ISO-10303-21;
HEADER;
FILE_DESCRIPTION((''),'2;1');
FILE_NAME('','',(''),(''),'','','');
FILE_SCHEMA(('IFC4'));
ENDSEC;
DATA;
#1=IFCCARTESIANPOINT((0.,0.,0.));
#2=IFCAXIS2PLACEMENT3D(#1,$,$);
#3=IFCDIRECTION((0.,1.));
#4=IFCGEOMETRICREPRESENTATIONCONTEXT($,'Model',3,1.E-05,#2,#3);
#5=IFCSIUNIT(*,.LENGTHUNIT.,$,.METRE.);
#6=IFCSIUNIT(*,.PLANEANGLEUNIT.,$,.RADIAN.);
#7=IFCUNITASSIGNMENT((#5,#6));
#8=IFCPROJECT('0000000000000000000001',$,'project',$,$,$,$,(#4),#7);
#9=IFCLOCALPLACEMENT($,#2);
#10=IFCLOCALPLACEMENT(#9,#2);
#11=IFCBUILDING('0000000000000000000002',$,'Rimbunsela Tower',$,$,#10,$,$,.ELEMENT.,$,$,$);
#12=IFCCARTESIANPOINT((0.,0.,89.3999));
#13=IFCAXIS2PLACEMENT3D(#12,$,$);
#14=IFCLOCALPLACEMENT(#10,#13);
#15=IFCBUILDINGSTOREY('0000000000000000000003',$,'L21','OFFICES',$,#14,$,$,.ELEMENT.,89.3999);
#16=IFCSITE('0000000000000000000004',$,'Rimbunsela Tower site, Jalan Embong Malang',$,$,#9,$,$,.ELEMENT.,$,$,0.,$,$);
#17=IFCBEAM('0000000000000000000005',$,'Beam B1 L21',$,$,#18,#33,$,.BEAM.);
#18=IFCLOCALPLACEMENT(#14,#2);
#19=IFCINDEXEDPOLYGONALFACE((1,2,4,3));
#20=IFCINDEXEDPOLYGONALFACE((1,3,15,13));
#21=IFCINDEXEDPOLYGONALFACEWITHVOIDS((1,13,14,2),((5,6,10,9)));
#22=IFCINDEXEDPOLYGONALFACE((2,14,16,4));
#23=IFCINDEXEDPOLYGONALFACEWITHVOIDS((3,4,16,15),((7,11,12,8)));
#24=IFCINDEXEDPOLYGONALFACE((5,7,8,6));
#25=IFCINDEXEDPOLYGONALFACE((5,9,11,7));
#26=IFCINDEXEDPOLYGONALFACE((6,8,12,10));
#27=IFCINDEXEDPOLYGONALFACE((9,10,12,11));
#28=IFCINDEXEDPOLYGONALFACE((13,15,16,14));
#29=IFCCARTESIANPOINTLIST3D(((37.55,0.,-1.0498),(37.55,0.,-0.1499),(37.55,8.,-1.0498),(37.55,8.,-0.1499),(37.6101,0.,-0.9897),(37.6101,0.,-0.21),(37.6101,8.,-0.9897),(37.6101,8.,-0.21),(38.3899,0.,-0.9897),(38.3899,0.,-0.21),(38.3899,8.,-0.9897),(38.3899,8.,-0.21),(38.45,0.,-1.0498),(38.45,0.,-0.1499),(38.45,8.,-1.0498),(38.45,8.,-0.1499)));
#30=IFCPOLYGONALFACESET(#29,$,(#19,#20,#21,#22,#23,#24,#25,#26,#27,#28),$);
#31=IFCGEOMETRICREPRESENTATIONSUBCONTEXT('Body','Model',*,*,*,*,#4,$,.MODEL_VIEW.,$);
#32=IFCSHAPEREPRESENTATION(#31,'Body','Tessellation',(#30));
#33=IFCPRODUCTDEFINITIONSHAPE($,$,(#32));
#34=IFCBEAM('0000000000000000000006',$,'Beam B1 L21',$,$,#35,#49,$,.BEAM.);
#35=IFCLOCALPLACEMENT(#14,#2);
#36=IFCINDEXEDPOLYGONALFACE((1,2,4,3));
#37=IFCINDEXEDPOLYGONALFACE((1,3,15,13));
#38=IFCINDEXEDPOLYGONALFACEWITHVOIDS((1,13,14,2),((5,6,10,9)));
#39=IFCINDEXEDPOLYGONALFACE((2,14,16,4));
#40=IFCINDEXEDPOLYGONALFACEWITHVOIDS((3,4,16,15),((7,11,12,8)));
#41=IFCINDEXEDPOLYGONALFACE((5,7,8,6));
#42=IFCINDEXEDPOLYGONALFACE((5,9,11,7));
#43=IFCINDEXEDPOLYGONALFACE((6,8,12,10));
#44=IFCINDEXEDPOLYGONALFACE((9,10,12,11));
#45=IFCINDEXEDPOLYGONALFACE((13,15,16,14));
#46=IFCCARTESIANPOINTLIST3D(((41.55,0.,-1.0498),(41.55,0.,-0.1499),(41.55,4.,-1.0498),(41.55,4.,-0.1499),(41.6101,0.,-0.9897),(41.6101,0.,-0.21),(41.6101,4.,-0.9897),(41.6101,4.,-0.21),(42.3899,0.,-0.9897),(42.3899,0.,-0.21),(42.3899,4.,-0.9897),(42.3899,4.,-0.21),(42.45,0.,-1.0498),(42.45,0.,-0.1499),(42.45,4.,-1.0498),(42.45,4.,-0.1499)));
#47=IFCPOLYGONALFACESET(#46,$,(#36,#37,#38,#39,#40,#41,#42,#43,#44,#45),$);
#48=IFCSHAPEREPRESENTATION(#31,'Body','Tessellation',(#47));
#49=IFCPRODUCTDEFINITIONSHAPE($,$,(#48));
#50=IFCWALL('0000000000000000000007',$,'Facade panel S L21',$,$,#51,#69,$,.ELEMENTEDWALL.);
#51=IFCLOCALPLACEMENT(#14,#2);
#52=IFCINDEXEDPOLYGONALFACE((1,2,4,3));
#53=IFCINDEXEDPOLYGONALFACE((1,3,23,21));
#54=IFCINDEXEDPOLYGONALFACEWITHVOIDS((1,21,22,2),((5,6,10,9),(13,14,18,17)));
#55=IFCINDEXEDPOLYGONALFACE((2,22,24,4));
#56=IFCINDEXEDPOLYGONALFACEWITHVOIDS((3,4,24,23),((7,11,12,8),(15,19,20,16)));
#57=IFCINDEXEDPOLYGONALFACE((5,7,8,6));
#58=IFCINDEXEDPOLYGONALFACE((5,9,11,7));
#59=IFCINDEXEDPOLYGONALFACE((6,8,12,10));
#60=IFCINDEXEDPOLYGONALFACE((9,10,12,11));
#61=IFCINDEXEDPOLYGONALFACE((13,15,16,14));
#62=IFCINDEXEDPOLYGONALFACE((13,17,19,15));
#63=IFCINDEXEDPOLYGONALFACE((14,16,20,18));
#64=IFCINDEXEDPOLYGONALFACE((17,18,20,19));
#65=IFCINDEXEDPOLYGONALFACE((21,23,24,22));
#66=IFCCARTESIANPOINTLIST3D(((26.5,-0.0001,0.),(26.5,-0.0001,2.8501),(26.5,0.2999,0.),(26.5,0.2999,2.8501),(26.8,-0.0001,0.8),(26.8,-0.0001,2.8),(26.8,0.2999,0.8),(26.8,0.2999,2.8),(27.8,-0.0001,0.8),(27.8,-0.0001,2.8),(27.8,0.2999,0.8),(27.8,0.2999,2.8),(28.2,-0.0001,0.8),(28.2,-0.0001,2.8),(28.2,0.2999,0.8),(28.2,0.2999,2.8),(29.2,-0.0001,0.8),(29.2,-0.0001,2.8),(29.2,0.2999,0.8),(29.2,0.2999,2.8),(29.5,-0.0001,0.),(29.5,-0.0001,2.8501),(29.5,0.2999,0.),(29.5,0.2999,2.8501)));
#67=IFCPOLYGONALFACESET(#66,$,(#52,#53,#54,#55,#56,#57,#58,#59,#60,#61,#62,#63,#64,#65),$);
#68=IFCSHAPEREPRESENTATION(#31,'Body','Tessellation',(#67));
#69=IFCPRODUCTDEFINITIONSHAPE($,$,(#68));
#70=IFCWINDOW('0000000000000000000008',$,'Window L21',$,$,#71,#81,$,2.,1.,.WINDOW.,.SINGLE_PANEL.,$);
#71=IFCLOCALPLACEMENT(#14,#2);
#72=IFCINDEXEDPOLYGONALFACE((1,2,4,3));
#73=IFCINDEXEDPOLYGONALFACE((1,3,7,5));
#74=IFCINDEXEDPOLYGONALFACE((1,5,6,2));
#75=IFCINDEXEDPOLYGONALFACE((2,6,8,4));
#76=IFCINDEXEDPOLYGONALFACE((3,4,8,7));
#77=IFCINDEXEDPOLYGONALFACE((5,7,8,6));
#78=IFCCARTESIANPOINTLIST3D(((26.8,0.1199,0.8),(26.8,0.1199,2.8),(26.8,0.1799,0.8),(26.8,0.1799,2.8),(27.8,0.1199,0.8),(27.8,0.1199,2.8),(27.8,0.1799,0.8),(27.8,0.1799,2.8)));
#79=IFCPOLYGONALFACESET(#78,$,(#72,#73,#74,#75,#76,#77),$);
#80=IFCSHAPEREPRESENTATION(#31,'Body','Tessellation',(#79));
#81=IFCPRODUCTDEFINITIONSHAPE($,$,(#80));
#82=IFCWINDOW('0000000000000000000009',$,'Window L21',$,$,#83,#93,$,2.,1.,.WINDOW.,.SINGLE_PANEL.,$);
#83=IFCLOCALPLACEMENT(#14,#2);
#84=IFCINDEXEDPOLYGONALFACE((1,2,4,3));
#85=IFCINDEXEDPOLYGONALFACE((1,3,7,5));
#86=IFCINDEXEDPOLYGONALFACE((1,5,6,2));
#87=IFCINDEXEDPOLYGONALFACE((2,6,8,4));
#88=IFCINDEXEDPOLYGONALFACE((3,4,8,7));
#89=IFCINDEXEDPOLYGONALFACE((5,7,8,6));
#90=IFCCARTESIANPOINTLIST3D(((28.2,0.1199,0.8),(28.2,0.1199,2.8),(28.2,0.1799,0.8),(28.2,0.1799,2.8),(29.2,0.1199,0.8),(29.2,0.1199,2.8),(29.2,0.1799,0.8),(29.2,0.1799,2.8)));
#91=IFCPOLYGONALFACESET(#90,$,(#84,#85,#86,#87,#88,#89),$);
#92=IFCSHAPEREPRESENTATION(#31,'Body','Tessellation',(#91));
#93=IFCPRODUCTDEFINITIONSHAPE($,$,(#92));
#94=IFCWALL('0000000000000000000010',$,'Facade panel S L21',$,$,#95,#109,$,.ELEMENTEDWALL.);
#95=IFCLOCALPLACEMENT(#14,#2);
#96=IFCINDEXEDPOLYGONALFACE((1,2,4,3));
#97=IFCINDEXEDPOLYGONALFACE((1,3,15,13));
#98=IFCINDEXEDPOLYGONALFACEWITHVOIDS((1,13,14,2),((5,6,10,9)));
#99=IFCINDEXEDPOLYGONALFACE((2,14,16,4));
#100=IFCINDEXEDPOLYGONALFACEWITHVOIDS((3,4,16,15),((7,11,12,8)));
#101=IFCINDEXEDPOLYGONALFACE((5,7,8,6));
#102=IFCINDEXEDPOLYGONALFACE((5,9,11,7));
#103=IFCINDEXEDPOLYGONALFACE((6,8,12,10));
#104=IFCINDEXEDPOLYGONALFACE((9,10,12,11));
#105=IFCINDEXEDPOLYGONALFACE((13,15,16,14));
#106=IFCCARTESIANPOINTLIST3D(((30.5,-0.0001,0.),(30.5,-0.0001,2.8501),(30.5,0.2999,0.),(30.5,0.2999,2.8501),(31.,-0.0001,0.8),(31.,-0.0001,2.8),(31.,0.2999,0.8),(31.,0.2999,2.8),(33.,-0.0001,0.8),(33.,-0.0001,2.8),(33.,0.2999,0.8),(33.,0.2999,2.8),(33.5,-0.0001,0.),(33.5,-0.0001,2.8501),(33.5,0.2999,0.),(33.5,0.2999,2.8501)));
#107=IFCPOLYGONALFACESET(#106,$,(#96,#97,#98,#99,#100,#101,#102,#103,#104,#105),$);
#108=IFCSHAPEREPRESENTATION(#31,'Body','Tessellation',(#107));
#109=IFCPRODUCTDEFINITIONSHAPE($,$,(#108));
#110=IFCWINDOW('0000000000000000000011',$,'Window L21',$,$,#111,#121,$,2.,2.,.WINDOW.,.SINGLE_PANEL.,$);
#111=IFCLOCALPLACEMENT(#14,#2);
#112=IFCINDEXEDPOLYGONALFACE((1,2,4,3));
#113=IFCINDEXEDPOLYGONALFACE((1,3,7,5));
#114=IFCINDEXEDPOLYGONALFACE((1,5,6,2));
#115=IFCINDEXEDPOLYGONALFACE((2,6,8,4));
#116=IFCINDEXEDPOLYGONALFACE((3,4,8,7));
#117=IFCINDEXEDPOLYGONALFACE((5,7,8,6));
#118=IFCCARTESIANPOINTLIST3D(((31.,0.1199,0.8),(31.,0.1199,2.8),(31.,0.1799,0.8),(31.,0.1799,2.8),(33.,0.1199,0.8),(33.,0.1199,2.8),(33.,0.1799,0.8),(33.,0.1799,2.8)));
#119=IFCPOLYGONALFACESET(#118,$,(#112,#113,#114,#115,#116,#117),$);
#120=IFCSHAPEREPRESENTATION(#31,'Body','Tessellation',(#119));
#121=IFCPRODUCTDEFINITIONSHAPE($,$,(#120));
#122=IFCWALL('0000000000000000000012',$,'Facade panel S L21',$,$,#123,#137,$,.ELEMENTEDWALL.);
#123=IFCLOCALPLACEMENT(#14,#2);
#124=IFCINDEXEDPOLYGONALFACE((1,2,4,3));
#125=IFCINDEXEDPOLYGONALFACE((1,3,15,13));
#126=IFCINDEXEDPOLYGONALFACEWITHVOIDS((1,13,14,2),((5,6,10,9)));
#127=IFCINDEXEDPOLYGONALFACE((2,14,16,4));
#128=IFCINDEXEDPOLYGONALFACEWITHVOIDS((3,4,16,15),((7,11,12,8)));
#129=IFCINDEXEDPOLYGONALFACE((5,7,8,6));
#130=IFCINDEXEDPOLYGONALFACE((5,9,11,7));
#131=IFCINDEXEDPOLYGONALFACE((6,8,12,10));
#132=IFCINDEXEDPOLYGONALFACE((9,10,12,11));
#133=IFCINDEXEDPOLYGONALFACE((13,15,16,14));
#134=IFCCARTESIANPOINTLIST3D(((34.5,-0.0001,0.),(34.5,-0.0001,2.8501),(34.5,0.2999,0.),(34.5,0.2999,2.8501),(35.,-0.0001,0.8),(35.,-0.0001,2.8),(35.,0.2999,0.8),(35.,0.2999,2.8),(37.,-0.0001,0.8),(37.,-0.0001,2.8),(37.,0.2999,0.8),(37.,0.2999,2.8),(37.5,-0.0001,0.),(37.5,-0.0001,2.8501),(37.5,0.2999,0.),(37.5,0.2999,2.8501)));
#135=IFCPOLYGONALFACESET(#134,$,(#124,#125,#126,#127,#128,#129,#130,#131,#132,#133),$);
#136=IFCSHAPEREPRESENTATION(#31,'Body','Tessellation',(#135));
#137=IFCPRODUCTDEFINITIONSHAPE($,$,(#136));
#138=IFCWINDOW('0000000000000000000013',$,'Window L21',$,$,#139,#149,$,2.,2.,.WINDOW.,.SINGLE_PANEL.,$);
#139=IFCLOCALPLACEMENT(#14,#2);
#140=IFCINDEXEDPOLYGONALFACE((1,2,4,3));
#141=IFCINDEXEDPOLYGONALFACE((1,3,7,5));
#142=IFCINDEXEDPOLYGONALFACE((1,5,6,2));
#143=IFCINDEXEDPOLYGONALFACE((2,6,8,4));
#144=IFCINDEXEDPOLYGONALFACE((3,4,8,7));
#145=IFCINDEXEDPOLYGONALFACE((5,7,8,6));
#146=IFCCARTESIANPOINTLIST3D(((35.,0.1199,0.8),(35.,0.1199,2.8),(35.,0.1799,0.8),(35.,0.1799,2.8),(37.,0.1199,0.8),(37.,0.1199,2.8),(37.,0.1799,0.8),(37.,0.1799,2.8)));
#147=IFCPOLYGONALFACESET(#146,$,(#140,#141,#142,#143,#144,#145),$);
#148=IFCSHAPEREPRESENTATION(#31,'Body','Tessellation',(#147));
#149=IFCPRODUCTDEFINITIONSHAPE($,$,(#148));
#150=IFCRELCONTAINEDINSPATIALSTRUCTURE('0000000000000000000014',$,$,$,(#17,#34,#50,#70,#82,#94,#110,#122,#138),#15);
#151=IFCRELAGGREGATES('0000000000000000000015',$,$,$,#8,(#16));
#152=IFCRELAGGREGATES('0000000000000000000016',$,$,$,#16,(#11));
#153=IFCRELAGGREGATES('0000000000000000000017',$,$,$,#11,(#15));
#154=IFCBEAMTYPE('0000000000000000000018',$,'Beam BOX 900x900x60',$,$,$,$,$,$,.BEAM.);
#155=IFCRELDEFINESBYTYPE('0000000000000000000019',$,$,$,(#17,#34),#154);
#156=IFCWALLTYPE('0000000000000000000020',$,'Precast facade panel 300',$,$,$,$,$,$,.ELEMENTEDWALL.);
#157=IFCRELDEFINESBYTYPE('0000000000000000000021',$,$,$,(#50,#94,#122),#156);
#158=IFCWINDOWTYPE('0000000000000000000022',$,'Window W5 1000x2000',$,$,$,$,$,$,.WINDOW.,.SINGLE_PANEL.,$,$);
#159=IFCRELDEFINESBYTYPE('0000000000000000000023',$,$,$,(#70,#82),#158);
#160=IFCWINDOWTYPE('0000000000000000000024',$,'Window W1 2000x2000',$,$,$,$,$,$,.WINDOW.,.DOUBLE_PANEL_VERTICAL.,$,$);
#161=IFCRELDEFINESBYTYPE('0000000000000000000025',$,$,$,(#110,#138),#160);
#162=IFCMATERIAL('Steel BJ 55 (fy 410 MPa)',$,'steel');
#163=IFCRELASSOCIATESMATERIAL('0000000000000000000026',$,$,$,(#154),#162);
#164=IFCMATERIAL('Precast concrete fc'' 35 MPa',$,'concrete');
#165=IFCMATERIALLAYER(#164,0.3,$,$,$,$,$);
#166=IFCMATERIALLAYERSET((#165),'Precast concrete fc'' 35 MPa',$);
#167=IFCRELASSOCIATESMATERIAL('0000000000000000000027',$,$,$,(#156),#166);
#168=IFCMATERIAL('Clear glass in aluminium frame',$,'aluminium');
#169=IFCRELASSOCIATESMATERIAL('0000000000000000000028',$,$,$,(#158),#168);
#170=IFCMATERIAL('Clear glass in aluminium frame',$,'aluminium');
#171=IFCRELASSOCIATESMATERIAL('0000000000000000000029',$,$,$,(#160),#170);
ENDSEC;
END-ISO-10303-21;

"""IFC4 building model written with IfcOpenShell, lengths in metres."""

from ifc_helpers import new_model, si_unit, direction, frame, frame_2d, origin, origin_2d, place, context, subcontext, project, spatial, rectangle, hollow_rectangle, extrude, material, layer, layer_set, material_profile, profile_set, type_object, element, fill, save


model = new_model("IFC4")

# Units and contexts
model_context = context("Model", 3, precision=1e-05, world=origin(), true_north=direction((0.0, 1.0)))
body_context = subcontext(model_context, "Body", "Model", "MODEL_VIEW")
ifc_project = project(units=[si_unit("LENGTHUNIT", "METRE"), si_unit("PLANEANGLEUNIT", "RADIAN")], contexts=[model_context])

# Site, building, storey
site_placement = place(None, origin())
site = spatial("IfcSite", under=ifc_project, at=site_placement, Name="Rimbunsela Tower site, Jalan Embong Malang", CompositionType="ELEMENT", RefElevation=0.0)
building_placement = place(site_placement, origin())
building = spatial("IfcBuilding", under=site, at=building_placement, Name="Rimbunsela Tower", CompositionType="ELEMENT")
storey_placement = place(building_placement, frame((0.0, 0.0, 89.3999)))
storey = spatial("IfcBuildingStorey", under=building, at=storey_placement, Name="L21", Description="OFFICES", CompositionType="ELEMENT", Elevation=89.3999)

# Beams
ifc_material_1 = material(Name="Steel BJ 55 (fy 410 MPa)", Category="steel")
ifc_material_profile_1 = material_profile(ifc_material_1, hollow_rectangle(XDim=0.8999, YDim=0.8999, WallThickness=0.0601, at=origin_2d()), Name="BOX 900x900x60")
ifc_profile_set_1 = profile_set([ifc_material_profile_1], Name="Steel BJ 55 (fy 410 MPa)")
beam_type_1 = type_object("IfcBeamType", Name="Beam BOX 900x900x60", PredefinedType="BEAM", material=ifc_profile_set_1)
beam_1_placement = place(storey_placement, frame((38.0, 0.0, -0.5999), z_axis=(0.0, 1.0, 0.0), x_axis=(-1.0, 0.0, 0.0)))
element("IfcBeam", 1, at=beam_1_placement, inside=storey, type_object=beam_type_1, Name="Beam B1 L21", PredefinedType="BEAM", context=body_context, shape_type="SweptSolid", body=[
    extrude(hollow_rectangle(XDim=0.8999, YDim=0.8999, WallThickness=0.0601, at=origin_2d()), origin(), (0.0, 0.0, 1.0), 8.0),
])
beam_2_placement = place(storey_placement, frame((42.0, 0.0, -0.5999), z_axis=(0.0, 1.0, 0.0), x_axis=(-1.0, 0.0, 0.0)))
element("IfcBeam", 2, at=beam_2_placement, inside=storey, type_object=beam_type_1, Name="Beam B1 L21", PredefinedType="BEAM", context=body_context, shape_type="SweptSolid", body=[
    extrude(hollow_rectangle(XDim=0.8999, YDim=0.8999, WallThickness=0.0601, at=origin_2d()), origin(), (0.0, 0.0, 1.0), 4.0),
])

# Wall, openings, windows
ifc_material_2 = material(Name="Precast concrete fc' 35 MPa", Category="concrete")
ifc_layer_1 = layer(ifc_material_2, 0.3)
ifc_layer_set_1 = layer_set([ifc_layer_1], Name="Precast concrete fc' 35 MPa")
wall_type_1 = type_object("IfcWallType", Name="Precast facade panel 300", PredefinedType="ELEMENTEDWALL", material=ifc_layer_set_1)
wall_1_placement = place(storey_placement, frame((26.5, 0.1499, 0.0), z_axis=(0.0, 0.0, 1.0), x_axis=(1.0, 0.0, 0.0)))
wall_1 = element("IfcWall", 3, at=wall_1_placement, inside=storey, type_object=wall_type_1, Name="Facade panel S L21", PredefinedType="ELEMENTEDWALL", context=body_context, shape_type="SweptSolid", body=[
    extrude(rectangle(XDim=3.0, YDim=0.3, at=frame_2d((1.5, 0.0))), origin(), (0.0, 0.0, 1.0), 2.8501),
])
opening_1_placement = place(wall_1_placement, frame((0.3, 0.0, 0.8)))
opening_1 = element("IfcOpeningElement", 4, at=opening_1_placement, cuts=wall_1, PredefinedType="OPENING", context=body_context, shape_type="SweptSolid", body=[
    extrude(rectangle(XDim=1.0, YDim=2.0, at=frame_2d((0.5, 1.0))), frame((0.0, 0.1599, 0.0), z_axis=(0.0, -1.0, 0.0), x_axis=(1.0, 0.0, 0.0)), (0.0, 0.0, 1.0), 0.3201),
])
opening_2_placement = place(wall_1_placement, frame((1.7, 0.0, 0.8)))
opening_2 = element("IfcOpeningElement", 5, at=opening_2_placement, cuts=wall_1, PredefinedType="OPENING", context=body_context, shape_type="SweptSolid", body=[
    extrude(rectangle(XDim=1.0, YDim=2.0, at=frame_2d((0.5, 1.0))), frame((0.0, 0.1599, 0.0), z_axis=(0.0, -1.0, 0.0), x_axis=(1.0, 0.0, 0.0)), (0.0, 0.0, 1.0), 0.3201),
])
ifc_material_3 = material(Name="Clear glass in aluminium frame", Category="aluminium")
window_type_1 = type_object("IfcWindowType", Name="Window W5 1000x2000", PartitioningType="SINGLE_PANEL", PredefinedType="WINDOW", material=ifc_material_3)
window_1_placement = place(opening_1_placement, origin())
window_1 = element("IfcWindow", 6, at=window_1_placement, inside=storey, type_object=window_type_1, Name="Window L21", OverallHeight=2.0, OverallWidth=1.0, PartitioningType="SINGLE_PANEL", PredefinedType="WINDOW", context=body_context, shape_type="SweptSolid", body=[
    extrude(rectangle(XDim=1.0, YDim=2.0, at=frame_2d((0.5, 1.0))), frame((0.0, 0.03, 0.0), z_axis=(0.0, -1.0, 0.0), x_axis=(1.0, 0.0, 0.0)), (0.0, 0.0, 1.0), 0.0601),
])
fill(opening_1, window_1)
window_2_placement = place(opening_2_placement, origin())
window_2 = element("IfcWindow", 7, at=window_2_placement, inside=storey, type_object=window_type_1, Name="Window L21", OverallHeight=2.0, OverallWidth=1.0, PartitioningType="SINGLE_PANEL", PredefinedType="WINDOW", context=body_context, shape_type="SweptSolid", body=[
    extrude(rectangle(XDim=1.0, YDim=2.0, at=frame_2d((0.5, 1.0))), frame((0.0, 0.03, 0.0), z_axis=(0.0, -1.0, 0.0), x_axis=(1.0, 0.0, 0.0)), (0.0, 0.0, 1.0), 0.0601),
])
fill(opening_2, window_2)

# Walls, openings, windows
wall_2_placement = place(storey_placement, frame((30.5, 0.1499, 0.0), z_axis=(0.0, 0.0, 1.0), x_axis=(1.0, 0.0, 0.0)))
wall_2 = element("IfcWall", 8, at=wall_2_placement, inside=storey, type_object=wall_type_1, Name="Facade panel S L21", PredefinedType="ELEMENTEDWALL", context=body_context, shape_type="SweptSolid", body=[
    extrude(rectangle(XDim=3.0, YDim=0.3, at=frame_2d((1.5, 0.0))), origin(), (0.0, 0.0, 1.0), 2.8501),
])
opening_3_placement = place(wall_2_placement, frame((0.5, 0.0, 0.8)))
opening_3 = element("IfcOpeningElement", 9, at=opening_3_placement, cuts=wall_2, PredefinedType="OPENING", context=body_context, shape_type="SweptSolid", body=[
    extrude(rectangle(XDim=2.0, YDim=2.0, at=frame_2d((1.0, 1.0))), frame((0.0, 0.1599, 0.0), z_axis=(0.0, -1.0, 0.0), x_axis=(1.0, 0.0, 0.0)), (0.0, 0.0, 1.0), 0.3201),
])
ifc_material_4 = material(Name="Clear glass in aluminium frame", Category="aluminium")
window_type_2 = type_object("IfcWindowType", Name="Window W1 2000x2000", PartitioningType="DOUBLE_PANEL_VERTICAL", PredefinedType="WINDOW", material=ifc_material_4)
window_3_placement = place(opening_3_placement, origin())
window_3 = element("IfcWindow", 10, at=window_3_placement, inside=storey, type_object=window_type_2, Name="Window L21", OverallHeight=2.0, OverallWidth=2.0, PartitioningType="SINGLE_PANEL", PredefinedType="WINDOW", context=body_context, shape_type="SweptSolid", body=[
    extrude(rectangle(XDim=2.0, YDim=2.0, at=frame_2d((1.0, 1.0))), frame((0.0, 0.03, 0.0), z_axis=(0.0, -1.0, 0.0), x_axis=(1.0, 0.0, 0.0)), (0.0, 0.0, 1.0), 0.0601),
])
fill(opening_3, window_3)
wall_3_placement = place(storey_placement, frame((34.5, 0.1499, 0.0), z_axis=(0.0, 0.0, 1.0), x_axis=(1.0, 0.0, 0.0)))
wall_3 = element("IfcWall", 11, at=wall_3_placement, inside=storey, type_object=wall_type_1, Name="Facade panel S L21", PredefinedType="ELEMENTEDWALL", context=body_context, shape_type="SweptSolid", body=[
    extrude(rectangle(XDim=3.0, YDim=0.3, at=frame_2d((1.5, 0.0))), origin(), (0.0, 0.0, 1.0), 2.8501),
])
opening_4_placement = place(wall_3_placement, frame((0.5, 0.0, 0.8)))
opening_4 = element("IfcOpeningElement", 12, at=opening_4_placement, cuts=wall_3, PredefinedType="OPENING", context=body_context, shape_type="SweptSolid", body=[
    extrude(rectangle(XDim=2.0, YDim=2.0, at=frame_2d((1.0, 1.0))), frame((0.0, 0.1599, 0.0), z_axis=(0.0, -1.0, 0.0), x_axis=(1.0, 0.0, 0.0)), (0.0, 0.0, 1.0), 0.3201),
])
window_4_placement = place(opening_4_placement, origin())
window_4 = element("IfcWindow", 13, at=window_4_placement, inside=storey, type_object=window_type_2, Name="Window L21", OverallHeight=2.0, OverallWidth=2.0, PartitioningType="SINGLE_PANEL", PredefinedType="WINDOW", context=body_context, shape_type="SweptSolid", body=[
    extrude(rectangle(XDim=2.0, YDim=2.0, at=frame_2d((1.0, 1.0))), frame((0.0, 0.03, 0.0), z_axis=(0.0, -1.0, 0.0), x_axis=(1.0, 0.0, 0.0)), (0.0, 0.0, 1.0), 0.0601),
])
fill(opening_4, window_4)

save(model, "model.ifc")
